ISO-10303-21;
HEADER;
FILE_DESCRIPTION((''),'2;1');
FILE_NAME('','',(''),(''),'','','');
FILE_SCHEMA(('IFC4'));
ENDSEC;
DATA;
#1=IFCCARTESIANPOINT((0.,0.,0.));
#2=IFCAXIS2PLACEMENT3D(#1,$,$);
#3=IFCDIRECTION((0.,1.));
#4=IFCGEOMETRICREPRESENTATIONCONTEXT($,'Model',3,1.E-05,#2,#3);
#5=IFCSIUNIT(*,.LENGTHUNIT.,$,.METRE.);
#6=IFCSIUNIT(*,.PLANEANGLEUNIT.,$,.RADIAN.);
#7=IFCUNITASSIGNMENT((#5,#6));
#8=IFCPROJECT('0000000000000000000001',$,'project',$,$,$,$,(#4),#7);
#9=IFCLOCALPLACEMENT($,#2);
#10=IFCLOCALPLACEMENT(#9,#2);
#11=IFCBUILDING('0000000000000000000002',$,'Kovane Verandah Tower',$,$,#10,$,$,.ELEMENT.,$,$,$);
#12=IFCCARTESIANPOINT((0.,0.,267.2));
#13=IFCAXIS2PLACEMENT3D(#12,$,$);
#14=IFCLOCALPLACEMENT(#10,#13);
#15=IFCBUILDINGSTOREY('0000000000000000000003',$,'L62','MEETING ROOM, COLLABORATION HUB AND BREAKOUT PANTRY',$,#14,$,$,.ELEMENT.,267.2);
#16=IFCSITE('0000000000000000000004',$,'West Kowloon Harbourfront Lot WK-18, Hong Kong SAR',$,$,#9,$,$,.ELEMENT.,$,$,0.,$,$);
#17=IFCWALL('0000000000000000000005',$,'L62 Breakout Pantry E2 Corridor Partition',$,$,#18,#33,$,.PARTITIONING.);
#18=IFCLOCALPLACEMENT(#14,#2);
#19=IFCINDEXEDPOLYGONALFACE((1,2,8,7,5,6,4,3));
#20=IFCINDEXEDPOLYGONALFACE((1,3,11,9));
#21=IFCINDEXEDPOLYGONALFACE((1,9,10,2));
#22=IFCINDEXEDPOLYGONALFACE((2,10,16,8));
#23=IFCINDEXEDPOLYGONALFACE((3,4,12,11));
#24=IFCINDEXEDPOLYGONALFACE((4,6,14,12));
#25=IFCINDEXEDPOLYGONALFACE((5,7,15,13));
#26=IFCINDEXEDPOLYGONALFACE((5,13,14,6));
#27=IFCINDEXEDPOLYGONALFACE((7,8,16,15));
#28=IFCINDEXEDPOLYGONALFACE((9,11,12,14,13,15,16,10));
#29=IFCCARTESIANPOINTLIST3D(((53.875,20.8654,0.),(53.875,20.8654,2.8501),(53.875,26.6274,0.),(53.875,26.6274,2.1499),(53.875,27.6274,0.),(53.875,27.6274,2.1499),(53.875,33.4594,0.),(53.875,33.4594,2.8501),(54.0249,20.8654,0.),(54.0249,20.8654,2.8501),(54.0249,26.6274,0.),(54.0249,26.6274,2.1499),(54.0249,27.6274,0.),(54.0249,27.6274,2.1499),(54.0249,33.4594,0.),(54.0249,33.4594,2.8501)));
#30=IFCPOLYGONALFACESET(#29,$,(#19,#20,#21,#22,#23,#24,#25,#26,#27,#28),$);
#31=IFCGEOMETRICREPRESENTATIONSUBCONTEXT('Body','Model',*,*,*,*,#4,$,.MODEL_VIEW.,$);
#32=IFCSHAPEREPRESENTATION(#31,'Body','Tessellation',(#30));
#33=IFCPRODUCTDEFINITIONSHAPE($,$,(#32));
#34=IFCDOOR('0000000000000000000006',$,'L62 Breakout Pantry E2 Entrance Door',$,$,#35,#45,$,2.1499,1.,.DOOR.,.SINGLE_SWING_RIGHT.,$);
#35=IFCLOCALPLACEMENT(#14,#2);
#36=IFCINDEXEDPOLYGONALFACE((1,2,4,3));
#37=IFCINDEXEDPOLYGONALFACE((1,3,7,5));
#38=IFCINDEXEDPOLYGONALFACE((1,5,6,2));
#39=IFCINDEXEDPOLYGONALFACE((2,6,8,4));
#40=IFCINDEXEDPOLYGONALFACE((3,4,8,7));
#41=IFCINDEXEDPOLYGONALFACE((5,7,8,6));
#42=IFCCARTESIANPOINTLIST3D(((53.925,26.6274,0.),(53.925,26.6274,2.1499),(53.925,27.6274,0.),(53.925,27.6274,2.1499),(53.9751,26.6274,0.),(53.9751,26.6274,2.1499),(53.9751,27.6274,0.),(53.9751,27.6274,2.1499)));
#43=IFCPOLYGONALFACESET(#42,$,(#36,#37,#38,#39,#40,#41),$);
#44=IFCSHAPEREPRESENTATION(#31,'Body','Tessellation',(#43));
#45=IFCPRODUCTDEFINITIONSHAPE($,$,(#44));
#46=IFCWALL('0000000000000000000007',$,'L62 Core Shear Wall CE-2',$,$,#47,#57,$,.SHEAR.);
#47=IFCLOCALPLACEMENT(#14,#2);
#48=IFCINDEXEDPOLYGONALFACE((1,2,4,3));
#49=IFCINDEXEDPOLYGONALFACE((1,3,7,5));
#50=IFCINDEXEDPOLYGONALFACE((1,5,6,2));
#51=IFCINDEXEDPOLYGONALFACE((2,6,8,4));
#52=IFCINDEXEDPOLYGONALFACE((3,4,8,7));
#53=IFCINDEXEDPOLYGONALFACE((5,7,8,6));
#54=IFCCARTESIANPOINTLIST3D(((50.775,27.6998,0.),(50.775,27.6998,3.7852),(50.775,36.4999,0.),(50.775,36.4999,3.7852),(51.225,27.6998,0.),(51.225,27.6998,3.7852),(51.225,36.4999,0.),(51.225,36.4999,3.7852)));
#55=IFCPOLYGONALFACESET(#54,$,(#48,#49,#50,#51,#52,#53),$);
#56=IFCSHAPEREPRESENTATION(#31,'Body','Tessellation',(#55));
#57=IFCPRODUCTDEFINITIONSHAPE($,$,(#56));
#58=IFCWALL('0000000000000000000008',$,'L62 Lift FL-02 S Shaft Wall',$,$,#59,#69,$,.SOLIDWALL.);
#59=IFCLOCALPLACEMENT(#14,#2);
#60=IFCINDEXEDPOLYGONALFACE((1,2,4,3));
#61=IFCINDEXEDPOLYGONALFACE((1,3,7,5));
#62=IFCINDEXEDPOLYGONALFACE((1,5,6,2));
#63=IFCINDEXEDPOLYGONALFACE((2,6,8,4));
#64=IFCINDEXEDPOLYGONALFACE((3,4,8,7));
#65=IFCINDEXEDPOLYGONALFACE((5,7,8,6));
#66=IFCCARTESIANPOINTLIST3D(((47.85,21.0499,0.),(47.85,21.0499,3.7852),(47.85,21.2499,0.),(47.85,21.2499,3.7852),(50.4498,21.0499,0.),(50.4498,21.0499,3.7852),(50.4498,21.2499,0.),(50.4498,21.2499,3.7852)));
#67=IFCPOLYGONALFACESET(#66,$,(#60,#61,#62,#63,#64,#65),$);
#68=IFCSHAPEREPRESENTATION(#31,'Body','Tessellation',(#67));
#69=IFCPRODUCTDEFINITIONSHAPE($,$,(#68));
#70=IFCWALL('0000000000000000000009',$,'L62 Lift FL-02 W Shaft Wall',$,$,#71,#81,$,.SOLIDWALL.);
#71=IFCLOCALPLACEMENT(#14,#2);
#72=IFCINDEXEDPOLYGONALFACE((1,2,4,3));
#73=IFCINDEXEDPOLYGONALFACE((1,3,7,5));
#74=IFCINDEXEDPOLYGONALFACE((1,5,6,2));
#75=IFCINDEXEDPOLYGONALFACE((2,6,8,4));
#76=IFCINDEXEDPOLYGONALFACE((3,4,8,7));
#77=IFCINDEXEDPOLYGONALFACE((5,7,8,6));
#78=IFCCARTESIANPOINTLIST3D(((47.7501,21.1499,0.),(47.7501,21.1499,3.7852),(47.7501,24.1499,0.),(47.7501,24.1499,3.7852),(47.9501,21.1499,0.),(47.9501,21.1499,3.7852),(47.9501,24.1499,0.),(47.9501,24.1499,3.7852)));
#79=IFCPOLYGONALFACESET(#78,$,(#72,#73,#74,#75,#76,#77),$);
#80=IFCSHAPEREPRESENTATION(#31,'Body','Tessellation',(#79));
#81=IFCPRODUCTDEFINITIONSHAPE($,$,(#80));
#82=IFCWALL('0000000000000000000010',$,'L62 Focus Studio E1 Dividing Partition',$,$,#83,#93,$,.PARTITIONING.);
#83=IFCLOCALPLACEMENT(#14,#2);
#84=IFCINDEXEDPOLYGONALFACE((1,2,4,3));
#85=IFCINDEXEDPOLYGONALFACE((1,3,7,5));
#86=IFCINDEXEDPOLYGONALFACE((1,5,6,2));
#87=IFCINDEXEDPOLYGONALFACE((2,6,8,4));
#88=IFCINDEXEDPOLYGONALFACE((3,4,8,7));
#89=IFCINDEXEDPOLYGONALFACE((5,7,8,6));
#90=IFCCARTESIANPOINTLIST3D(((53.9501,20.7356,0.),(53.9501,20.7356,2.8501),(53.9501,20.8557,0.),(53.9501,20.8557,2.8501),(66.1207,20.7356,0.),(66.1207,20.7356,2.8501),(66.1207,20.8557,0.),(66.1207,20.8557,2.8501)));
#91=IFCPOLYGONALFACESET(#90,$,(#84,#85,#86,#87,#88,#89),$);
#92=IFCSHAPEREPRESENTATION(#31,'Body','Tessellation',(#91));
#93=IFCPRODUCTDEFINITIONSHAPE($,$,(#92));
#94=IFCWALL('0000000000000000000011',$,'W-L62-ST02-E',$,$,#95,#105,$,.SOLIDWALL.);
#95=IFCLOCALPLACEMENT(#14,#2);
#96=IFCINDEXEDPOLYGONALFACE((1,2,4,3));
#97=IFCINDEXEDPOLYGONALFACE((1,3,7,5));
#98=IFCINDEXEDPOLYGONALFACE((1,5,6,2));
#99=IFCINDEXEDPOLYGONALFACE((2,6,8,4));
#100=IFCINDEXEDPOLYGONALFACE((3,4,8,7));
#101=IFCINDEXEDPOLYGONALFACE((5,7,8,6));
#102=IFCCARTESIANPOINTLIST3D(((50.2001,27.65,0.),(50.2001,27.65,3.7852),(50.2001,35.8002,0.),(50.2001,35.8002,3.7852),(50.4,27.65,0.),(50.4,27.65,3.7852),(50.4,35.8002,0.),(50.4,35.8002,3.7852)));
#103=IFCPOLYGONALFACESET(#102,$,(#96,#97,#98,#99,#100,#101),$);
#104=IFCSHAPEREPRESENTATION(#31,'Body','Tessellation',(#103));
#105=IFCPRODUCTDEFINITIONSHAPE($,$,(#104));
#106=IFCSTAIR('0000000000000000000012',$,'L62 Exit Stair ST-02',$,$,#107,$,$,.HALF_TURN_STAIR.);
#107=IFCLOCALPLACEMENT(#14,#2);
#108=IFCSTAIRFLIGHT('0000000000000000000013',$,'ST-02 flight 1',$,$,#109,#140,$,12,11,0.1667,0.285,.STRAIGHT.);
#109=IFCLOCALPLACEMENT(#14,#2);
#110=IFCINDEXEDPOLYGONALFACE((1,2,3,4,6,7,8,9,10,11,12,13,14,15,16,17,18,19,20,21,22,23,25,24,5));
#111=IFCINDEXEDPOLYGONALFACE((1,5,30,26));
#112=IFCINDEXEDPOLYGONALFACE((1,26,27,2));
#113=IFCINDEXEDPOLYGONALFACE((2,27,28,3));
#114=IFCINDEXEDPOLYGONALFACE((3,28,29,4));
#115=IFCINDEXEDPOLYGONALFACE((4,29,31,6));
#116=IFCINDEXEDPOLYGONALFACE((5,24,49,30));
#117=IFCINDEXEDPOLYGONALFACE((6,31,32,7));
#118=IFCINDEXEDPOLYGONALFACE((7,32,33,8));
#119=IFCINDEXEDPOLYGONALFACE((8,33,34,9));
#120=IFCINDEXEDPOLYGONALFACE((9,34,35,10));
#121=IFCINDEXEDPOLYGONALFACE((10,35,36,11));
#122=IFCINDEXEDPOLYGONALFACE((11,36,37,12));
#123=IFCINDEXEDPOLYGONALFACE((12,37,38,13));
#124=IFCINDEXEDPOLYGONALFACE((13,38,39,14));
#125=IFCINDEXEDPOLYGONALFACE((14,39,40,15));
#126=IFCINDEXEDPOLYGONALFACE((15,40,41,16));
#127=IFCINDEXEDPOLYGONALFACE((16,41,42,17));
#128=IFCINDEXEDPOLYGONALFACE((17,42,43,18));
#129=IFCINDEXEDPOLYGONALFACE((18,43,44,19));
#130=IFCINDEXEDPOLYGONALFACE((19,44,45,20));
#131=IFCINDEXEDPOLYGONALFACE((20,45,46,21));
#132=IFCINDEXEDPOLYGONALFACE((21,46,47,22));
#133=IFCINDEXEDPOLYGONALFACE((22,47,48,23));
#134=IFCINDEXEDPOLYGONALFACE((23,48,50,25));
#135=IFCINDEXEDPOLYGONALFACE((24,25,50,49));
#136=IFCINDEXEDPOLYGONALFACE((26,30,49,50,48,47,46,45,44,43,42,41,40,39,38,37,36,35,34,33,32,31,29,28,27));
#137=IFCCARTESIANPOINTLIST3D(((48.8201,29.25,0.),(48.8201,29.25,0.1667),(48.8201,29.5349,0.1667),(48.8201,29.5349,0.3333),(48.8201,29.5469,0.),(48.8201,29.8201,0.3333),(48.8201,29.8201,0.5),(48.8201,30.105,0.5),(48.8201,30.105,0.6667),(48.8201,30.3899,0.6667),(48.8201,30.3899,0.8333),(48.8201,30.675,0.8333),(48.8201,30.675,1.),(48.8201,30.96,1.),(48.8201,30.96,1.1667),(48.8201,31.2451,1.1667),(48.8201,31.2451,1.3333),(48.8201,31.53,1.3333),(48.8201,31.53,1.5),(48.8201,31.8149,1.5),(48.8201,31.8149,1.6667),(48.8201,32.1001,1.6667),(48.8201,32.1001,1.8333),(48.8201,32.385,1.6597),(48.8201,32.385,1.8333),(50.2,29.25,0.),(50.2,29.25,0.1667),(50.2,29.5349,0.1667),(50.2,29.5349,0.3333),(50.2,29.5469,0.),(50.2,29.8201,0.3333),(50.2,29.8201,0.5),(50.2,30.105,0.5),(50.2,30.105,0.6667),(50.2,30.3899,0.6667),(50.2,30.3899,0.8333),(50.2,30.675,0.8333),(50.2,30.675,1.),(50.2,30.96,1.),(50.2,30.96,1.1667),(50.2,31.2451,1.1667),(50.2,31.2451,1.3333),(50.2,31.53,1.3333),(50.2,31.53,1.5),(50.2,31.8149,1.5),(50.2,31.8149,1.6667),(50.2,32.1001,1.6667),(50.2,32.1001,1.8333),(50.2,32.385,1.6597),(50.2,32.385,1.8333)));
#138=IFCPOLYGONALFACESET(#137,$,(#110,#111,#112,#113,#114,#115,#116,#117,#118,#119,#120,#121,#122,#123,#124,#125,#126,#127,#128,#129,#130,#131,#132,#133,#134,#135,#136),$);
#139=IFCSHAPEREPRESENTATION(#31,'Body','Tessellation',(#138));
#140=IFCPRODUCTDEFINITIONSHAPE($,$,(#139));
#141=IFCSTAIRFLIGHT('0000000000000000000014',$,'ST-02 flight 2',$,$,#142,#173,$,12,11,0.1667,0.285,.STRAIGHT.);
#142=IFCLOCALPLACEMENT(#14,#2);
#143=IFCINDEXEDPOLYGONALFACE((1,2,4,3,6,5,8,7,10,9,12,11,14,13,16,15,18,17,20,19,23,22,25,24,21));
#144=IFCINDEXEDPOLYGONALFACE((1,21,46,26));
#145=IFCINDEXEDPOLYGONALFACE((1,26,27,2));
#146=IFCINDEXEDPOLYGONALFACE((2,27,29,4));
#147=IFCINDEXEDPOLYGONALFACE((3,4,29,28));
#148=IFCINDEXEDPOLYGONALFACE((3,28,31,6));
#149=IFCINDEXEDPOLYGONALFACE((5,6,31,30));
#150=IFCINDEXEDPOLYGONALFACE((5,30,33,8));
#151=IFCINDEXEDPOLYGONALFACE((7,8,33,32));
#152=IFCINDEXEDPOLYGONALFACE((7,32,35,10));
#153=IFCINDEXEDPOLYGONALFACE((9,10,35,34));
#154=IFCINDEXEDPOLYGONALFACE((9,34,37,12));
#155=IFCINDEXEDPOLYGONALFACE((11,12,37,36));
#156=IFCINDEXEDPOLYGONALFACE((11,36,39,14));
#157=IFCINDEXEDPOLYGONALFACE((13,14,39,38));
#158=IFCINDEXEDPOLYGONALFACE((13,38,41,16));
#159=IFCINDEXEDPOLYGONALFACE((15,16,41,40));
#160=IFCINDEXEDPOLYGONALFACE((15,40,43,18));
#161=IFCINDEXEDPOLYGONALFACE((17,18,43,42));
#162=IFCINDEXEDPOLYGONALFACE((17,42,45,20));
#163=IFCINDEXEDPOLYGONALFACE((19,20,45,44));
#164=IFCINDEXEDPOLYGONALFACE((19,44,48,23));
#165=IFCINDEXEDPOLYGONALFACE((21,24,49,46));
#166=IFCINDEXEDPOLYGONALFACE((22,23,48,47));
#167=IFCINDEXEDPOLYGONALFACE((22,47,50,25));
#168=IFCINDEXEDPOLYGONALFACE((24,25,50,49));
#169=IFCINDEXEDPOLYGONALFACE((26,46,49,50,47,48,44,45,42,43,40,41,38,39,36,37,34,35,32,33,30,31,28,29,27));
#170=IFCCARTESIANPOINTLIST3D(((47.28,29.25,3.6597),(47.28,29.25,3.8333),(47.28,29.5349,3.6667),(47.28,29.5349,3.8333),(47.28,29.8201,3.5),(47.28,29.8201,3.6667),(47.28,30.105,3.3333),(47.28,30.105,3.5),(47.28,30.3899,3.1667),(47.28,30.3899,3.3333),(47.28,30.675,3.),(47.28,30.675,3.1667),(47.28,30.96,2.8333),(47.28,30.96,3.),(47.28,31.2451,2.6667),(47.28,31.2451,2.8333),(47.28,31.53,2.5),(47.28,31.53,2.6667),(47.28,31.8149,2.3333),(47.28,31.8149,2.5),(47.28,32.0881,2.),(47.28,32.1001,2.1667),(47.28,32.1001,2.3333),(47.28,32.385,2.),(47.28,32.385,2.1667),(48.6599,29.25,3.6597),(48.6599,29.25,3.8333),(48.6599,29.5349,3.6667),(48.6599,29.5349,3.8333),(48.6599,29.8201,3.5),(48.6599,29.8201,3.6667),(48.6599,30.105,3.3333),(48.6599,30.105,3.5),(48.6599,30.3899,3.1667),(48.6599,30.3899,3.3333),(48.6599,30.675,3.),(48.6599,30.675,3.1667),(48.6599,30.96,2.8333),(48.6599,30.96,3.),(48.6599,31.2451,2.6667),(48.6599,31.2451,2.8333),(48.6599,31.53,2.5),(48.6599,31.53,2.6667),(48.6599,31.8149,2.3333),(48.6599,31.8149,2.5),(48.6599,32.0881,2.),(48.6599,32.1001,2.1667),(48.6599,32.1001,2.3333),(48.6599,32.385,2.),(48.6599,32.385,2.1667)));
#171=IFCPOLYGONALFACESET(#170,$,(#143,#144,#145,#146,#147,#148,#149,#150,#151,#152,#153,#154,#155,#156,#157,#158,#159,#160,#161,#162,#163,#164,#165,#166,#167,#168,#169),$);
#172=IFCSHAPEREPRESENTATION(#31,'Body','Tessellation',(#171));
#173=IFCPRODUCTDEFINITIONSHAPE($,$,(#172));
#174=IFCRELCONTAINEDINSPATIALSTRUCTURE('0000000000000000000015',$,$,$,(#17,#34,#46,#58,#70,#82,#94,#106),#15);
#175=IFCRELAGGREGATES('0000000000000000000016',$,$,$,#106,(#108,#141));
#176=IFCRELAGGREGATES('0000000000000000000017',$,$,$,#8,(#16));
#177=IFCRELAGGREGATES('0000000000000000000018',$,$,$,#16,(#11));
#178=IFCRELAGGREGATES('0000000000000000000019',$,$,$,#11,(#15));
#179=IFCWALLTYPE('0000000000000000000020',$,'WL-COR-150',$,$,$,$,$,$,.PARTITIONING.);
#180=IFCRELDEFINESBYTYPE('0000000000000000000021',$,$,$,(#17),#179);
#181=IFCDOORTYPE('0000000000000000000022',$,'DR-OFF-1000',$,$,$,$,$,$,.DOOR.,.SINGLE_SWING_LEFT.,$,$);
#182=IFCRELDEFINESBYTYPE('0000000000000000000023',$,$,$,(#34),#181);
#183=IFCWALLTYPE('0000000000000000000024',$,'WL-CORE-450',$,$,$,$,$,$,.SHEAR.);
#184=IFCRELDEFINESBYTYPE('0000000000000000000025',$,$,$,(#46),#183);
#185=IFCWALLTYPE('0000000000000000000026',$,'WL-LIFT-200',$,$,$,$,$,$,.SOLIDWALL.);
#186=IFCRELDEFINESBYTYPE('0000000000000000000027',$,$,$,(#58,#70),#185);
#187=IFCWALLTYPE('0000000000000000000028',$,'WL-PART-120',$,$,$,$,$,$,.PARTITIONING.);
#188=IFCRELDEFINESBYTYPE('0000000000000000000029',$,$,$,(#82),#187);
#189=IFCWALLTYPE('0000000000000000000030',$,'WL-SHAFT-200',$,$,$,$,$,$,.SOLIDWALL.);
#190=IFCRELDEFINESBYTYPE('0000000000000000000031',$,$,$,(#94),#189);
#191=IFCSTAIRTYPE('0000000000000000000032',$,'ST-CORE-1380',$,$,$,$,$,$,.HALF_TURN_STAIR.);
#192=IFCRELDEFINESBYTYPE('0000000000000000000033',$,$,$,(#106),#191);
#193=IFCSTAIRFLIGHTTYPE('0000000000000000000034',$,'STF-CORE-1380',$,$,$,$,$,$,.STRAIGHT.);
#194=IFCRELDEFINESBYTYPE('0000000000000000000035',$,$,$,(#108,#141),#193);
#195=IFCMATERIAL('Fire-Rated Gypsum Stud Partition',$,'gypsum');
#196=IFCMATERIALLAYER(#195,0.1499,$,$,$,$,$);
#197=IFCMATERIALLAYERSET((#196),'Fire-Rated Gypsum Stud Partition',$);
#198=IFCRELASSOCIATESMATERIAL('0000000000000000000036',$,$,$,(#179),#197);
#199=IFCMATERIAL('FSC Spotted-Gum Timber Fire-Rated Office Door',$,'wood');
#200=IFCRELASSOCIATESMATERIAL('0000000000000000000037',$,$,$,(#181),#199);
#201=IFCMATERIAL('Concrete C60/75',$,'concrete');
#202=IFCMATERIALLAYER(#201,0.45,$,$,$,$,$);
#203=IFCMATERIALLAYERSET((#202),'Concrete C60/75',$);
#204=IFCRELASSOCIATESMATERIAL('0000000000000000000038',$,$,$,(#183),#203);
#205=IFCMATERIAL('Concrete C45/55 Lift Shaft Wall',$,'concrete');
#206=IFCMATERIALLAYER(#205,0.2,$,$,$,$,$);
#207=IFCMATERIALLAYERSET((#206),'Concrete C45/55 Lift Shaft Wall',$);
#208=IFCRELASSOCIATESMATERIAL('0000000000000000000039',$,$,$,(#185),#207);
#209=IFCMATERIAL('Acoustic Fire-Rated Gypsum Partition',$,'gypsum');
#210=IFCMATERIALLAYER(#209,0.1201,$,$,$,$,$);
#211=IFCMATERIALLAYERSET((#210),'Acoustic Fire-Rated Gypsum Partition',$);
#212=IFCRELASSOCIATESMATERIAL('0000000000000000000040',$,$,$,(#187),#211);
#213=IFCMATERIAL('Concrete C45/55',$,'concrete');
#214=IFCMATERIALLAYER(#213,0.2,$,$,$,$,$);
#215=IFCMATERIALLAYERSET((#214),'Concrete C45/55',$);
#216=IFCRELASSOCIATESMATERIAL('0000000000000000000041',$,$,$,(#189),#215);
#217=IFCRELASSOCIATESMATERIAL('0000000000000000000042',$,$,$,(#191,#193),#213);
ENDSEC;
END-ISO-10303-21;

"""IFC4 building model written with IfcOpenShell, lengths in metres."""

from ifc_helpers import new_model, si_unit, direction, frame, frame_2d, origin, place, context, subcontext, project, spatial, polyline, rectangle, outline, extrude, material, layer, layer_set, type_object, element, fill, aggregate, save


model = new_model("IFC4")

# Units and contexts
model_context = context("Model", 3, precision=1e-05, world=origin(), true_north=direction((0.0, 1.0)))
body_context = subcontext(model_context, "Body", "Model", "MODEL_VIEW")
ifc_project = project(units=[si_unit("LENGTHUNIT", "METRE"), si_unit("PLANEANGLEUNIT", "RADIAN")], contexts=[model_context])

# Site, building, storey
site_placement = place(None, origin())
site = spatial("IfcSite", under=ifc_project, at=site_placement, Name="West Kowloon Harbourfront Lot WK-18, Hong Kong SAR", CompositionType="ELEMENT", RefElevation=0.0)
building_placement = place(site_placement, origin())
building = spatial("IfcBuilding", under=site, at=building_placement, Name="Kovane Verandah Tower", CompositionType="ELEMENT")
storey_placement = place(building_placement, frame((0.0, 0.0, 267.2)))
storey = spatial("IfcBuildingStorey", under=building, at=storey_placement, Name="L62", Description="MEETING ROOM, COLLABORATION HUB AND BREAKOUT PANTRY", CompositionType="ELEMENT", Elevation=267.2)

# Shared definitions
ifc_material_1 = material(Name="Concrete C60/75", Category="concrete")

# Wall, opening, door
ifc_material_2 = material(Name="Fire-Rated Gypsum Stud Partition", Category="gypsum")
ifc_layer_1 = layer(ifc_material_2, 0.1499)
ifc_layer_set_1 = layer_set([ifc_layer_1], Name="Fire-Rated Gypsum Stud Partition")
wall_type_1 = type_object("IfcWallType", Name="WL-COR-150", PredefinedType="PARTITIONING", material=ifc_layer_set_1)
wall_1_placement = place(storey_placement, frame((53.95, 20.8655, 0.0), z_axis=(0.0, 0.0, 1.0), x_axis=(0.0, 1.0, 0.0)))
wall_1 = element("IfcWall", 1, at=wall_1_placement, inside=storey, type_object=wall_type_1, Name="L62 Breakout Pantry E2 Corridor Partition", PredefinedType="PARTITIONING", context=body_context, shape_type="SweptSolid", body=[
    extrude(rectangle(XDim=12.594, YDim=0.1499, at=frame_2d((6.2969, 0.0))), origin(), (0.0, 0.0, 1.0), 2.8501),
])
opening_1_placement = place(wall_1_placement, frame((5.762, 0.0, 0.0)))
opening_1 = element("IfcOpeningElement", 2, at=opening_1_placement, cuts=wall_1, PredefinedType="OPENING", context=body_context, shape_type="SweptSolid", body=[
    extrude(rectangle(XDim=1.0, YDim=2.1499, at=frame_2d((0.5, 1.075))), frame((0.0, 0.075, 0.0), z_axis=(0.0, -1.0, 0.0), x_axis=(1.0, 0.0, 0.0)), (0.0, 0.0, 1.0), 0.1499),
])
ifc_material_3 = material(Name="FSC Spotted-Gum Timber Fire-Rated Office Door", Category="wood")
door_type_1 = type_object("IfcDoorType", Name="DR-OFF-1000", OperationType="SINGLE_SWING_LEFT", PredefinedType="DOOR", material=ifc_material_3)
door_1_placement = place(opening_1_placement, origin())
door_1 = element("IfcDoor", 3, at=door_1_placement, inside=storey, type_object=door_type_1, Name="L62 Breakout Pantry E2 Entrance Door", OperationType="SINGLE_SWING_RIGHT", OverallHeight=2.1499, OverallWidth=1.0, PredefinedType="DOOR", context=body_context, shape_type="SweptSolid", body=[
    extrude(rectangle(XDim=1.0, YDim=2.1499, at=frame_2d((0.5, 1.075))), frame((0.0, 0.0249, 0.0), z_axis=(0.0, -1.0, 0.0), x_axis=(1.0, 0.0, 0.0)), (0.0, 0.0, 1.0), 0.05),
])
fill(opening_1, door_1)

# Wall
ifc_layer_2 = layer(ifc_material_1, 0.45)
ifc_layer_set_2 = layer_set([ifc_layer_2], Name="Concrete C60/75")
wall_type_2 = type_object("IfcWallType", Name="WL-CORE-450", PredefinedType="SHEAR", material=ifc_layer_set_2)
wall_2_placement = place(storey_placement, frame((51.0, 27.7, 0.0), z_axis=(0.0, 0.0, 1.0), x_axis=(0.0, 1.0, 0.0)))
element("IfcWall", 4, at=wall_2_placement, inside=storey, type_object=wall_type_2, Name="L62 Core Shear Wall CE-2", PredefinedType="SHEAR", context=body_context, shape_type="SweptSolid", body=[
    extrude(rectangle(XDim=8.8, YDim=0.45, at=frame_2d((4.3999, 0.0))), origin(), (0.0, 0.0, 1.0), 3.7852),
])

# Wall
ifc_material_4 = material(Name="Concrete C45/55 Lift Shaft Wall", Category="concrete")
ifc_layer_3 = layer(ifc_material_4, 0.2)
ifc_layer_set_3 = layer_set([ifc_layer_3], Name="Concrete C45/55 Lift Shaft Wall")
wall_type_3 = type_object("IfcWallType", Name="WL-LIFT-200", PredefinedType="SOLIDWALL", material=ifc_layer_set_3)
wall_3_placement = place(storey_placement, frame((47.8501, 21.1499, 0.0), z_axis=(0.0, 0.0, 1.0), x_axis=(1.0, 0.0, 0.0)))
element("IfcWall", 5, at=wall_3_placement, inside=storey, type_object=wall_type_3, Name="L62 Lift FL-02 S Shaft Wall", PredefinedType="SOLIDWALL", context=body_context, shape_type="SweptSolid", body=[
    extrude(rectangle(XDim=2.5999, YDim=0.2, at=frame_2d((1.2998, 0.0))), origin(), (0.0, 0.0, 1.0), 3.7852),
])

# Walls
wall_4_placement = place(storey_placement, frame((47.8501, 24.1499, 0.0), z_axis=(0.0, 0.0, 1.0), x_axis=(0.0, -1.0, 0.0)))
element("IfcWall", 6, at=wall_4_placement, inside=storey, type_object=wall_type_3, Name="L62 Lift FL-02 W Shaft Wall", PredefinedType="SOLIDWALL", context=body_context, shape_type="SweptSolid", body=[
    extrude(rectangle(XDim=3.0, YDim=0.2, at=frame_2d((1.5, 0.0))), origin(), (0.0, 0.0, 1.0), 3.7852),
])
ifc_material_5 = material(Name="Acoustic Fire-Rated Gypsum Partition", Category="gypsum")
ifc_layer_4 = layer(ifc_material_5, 0.1201)
ifc_layer_set_4 = layer_set([ifc_layer_4], Name="Acoustic Fire-Rated Gypsum Partition")
wall_type_4 = type_object("IfcWallType", Name="WL-PART-120", PredefinedType="PARTITIONING", material=ifc_layer_set_4)
wall_5_placement = place(storey_placement, frame((53.95, 20.7957, 0.0), z_axis=(0.0, 0.0, 1.0), x_axis=(1.0, 0.0, 0.0)))
element("IfcWall", 7, at=wall_5_placement, inside=storey, type_object=wall_type_4, Name="L62 Focus Studio E1 Dividing Partition", PredefinedType="PARTITIONING", context=body_context, shape_type="SweptSolid", body=[
    extrude(rectangle(XDim=12.1707, YDim=0.1201, at=frame_2d((6.0854, 0.0))), origin(), (0.0, 0.0, 1.0), 2.8501),
])
ifc_material_6 = material(Name="Concrete C45/55", Category="concrete")
ifc_layer_5 = layer(ifc_material_6, 0.2)
ifc_layer_set_5 = layer_set([ifc_layer_5], Name="Concrete C45/55")
wall_type_5 = type_object("IfcWallType", Name="WL-SHAFT-200", PredefinedType="SOLIDWALL", material=ifc_layer_set_5)
wall_6_placement = place(storey_placement, frame((50.3, 27.6499, 0.0), z_axis=(0.0, 0.0, 1.0), x_axis=(0.0, 1.0, 0.0)))
element("IfcWall", 8, at=wall_6_placement, inside=storey, type_object=wall_type_5, Name="W-L62-ST02-E", PredefinedType="SOLIDWALL", context=body_context, shape_type="SweptSolid", body=[
    extrude(rectangle(XDim=8.1501, YDim=0.2, at=frame_2d((4.0752, 0.0))), origin(), (0.0, 0.0, 1.0), 3.7852),
])

# Stair, stair flights
stair_type = type_object("IfcStairType", Name="ST-CORE-1380", PredefinedType="HALF_TURN_STAIR", material=ifc_material_6)
stair_placement = place(storey_placement, origin())
stair = element("IfcStair", 9, at=stair_placement, inside=storey, type_object=stair_type, Name="L62 Exit Stair ST-02", PredefinedType="HALF_TURN_STAIR")
stair_flight_type = type_object("IfcStairFlightType", Name="STF-CORE-1380", PredefinedType="STRAIGHT", material=ifc_material_6)
stair_flight_1_placement = place(storey_placement, frame((49.51, 29.25, 0.0), z_axis=(0.0, 0.0, 1.0), x_axis=(0.0, 1.0, 0.0)))
stair_flight_1 = element("IfcStairFlight", 10, at=stair_flight_1_placement, type_object=stair_flight_type, Name="ST-02 flight 1", NumberOfRisers=12, NumberOfTreads=11, PredefinedType="STRAIGHT", RiserHeight=0.1667, TreadLength=0.285, context=body_context, shape_type="SweptSolid", body=[
    extrude(outline(polyline([(0.0, 0.0), (0.0, 0.1667), (0.2849, 0.1667), (0.2849, 0.3333), (0.5701, 0.3333), (0.5701, 0.5), (0.855, 0.5), (0.855, 0.6667), (1.1399, 0.6667), (1.1399, 0.8333), (1.425, 0.8333), (1.425, 1.0), (1.71, 1.0), (1.71, 1.1667), (1.9951, 1.1667), (1.9951, 1.3333), (2.28, 1.3333), (2.28, 1.5), (2.5649, 1.5), (2.5649, 1.6667), (2.8501, 1.6667), (2.8501, 1.8333), (3.135, 1.8333), (3.135, 2.0), (3.135, 1.6597), (0.2969, 0.0), (0.0, 0.0)])), frame((0.0, 0.6899, 0.0), z_axis=(0.0, -1.0, 0.0), x_axis=(1.0, 0.0, 0.0)), (0.0, 0.0, 1.0), 1.3799),
])
stair_flight_2_placement = place(storey_placement, frame((47.97, 32.385, 2.0), z_axis=(0.0, 0.0, 1.0), x_axis=(0.0, -1.0, 0.0)))
stair_flight_2 = element("IfcStairFlight", 11, at=stair_flight_2_placement, type_object=stair_flight_type, Name="ST-02 flight 2", NumberOfRisers=12, NumberOfTreads=11, PredefinedType="STRAIGHT", RiserHeight=0.1667, TreadLength=0.285, context=body_context, shape_type="SweptSolid", body=[
    extrude(outline(polyline([(0.0, 0.0), (0.0, 0.1667), (0.2849, 0.1667), (0.2849, 0.3333), (0.5701, 0.3333), (0.5701, 0.5), (0.855, 0.5), (0.855, 0.6667), (1.1399, 0.6667), (1.1399, 0.8333), (1.425, 0.8333), (1.425, 1.0), (1.71, 1.0), (1.71, 1.1667), (1.9951, 1.1667), (1.9951, 1.3333), (2.28, 1.3333), (2.28, 1.5), (2.5649, 1.5), (2.5649, 1.6667), (2.8501, 1.6667), (2.8501, 1.8333), (3.135, 1.8333), (3.135, 2.0), (3.135, 1.6597), (0.2969, 0.0), (0.0, 0.0)])), frame((0.0, 0.6899, 0.0), z_axis=(0.0, -1.0, 0.0), x_axis=(1.0, 0.0, 0.0)), (0.0, 0.0, 1.0), 1.3799),
])
aggregate(stair, [stair_flight_1, stair_flight_2])

save(model, "model.ifc")
